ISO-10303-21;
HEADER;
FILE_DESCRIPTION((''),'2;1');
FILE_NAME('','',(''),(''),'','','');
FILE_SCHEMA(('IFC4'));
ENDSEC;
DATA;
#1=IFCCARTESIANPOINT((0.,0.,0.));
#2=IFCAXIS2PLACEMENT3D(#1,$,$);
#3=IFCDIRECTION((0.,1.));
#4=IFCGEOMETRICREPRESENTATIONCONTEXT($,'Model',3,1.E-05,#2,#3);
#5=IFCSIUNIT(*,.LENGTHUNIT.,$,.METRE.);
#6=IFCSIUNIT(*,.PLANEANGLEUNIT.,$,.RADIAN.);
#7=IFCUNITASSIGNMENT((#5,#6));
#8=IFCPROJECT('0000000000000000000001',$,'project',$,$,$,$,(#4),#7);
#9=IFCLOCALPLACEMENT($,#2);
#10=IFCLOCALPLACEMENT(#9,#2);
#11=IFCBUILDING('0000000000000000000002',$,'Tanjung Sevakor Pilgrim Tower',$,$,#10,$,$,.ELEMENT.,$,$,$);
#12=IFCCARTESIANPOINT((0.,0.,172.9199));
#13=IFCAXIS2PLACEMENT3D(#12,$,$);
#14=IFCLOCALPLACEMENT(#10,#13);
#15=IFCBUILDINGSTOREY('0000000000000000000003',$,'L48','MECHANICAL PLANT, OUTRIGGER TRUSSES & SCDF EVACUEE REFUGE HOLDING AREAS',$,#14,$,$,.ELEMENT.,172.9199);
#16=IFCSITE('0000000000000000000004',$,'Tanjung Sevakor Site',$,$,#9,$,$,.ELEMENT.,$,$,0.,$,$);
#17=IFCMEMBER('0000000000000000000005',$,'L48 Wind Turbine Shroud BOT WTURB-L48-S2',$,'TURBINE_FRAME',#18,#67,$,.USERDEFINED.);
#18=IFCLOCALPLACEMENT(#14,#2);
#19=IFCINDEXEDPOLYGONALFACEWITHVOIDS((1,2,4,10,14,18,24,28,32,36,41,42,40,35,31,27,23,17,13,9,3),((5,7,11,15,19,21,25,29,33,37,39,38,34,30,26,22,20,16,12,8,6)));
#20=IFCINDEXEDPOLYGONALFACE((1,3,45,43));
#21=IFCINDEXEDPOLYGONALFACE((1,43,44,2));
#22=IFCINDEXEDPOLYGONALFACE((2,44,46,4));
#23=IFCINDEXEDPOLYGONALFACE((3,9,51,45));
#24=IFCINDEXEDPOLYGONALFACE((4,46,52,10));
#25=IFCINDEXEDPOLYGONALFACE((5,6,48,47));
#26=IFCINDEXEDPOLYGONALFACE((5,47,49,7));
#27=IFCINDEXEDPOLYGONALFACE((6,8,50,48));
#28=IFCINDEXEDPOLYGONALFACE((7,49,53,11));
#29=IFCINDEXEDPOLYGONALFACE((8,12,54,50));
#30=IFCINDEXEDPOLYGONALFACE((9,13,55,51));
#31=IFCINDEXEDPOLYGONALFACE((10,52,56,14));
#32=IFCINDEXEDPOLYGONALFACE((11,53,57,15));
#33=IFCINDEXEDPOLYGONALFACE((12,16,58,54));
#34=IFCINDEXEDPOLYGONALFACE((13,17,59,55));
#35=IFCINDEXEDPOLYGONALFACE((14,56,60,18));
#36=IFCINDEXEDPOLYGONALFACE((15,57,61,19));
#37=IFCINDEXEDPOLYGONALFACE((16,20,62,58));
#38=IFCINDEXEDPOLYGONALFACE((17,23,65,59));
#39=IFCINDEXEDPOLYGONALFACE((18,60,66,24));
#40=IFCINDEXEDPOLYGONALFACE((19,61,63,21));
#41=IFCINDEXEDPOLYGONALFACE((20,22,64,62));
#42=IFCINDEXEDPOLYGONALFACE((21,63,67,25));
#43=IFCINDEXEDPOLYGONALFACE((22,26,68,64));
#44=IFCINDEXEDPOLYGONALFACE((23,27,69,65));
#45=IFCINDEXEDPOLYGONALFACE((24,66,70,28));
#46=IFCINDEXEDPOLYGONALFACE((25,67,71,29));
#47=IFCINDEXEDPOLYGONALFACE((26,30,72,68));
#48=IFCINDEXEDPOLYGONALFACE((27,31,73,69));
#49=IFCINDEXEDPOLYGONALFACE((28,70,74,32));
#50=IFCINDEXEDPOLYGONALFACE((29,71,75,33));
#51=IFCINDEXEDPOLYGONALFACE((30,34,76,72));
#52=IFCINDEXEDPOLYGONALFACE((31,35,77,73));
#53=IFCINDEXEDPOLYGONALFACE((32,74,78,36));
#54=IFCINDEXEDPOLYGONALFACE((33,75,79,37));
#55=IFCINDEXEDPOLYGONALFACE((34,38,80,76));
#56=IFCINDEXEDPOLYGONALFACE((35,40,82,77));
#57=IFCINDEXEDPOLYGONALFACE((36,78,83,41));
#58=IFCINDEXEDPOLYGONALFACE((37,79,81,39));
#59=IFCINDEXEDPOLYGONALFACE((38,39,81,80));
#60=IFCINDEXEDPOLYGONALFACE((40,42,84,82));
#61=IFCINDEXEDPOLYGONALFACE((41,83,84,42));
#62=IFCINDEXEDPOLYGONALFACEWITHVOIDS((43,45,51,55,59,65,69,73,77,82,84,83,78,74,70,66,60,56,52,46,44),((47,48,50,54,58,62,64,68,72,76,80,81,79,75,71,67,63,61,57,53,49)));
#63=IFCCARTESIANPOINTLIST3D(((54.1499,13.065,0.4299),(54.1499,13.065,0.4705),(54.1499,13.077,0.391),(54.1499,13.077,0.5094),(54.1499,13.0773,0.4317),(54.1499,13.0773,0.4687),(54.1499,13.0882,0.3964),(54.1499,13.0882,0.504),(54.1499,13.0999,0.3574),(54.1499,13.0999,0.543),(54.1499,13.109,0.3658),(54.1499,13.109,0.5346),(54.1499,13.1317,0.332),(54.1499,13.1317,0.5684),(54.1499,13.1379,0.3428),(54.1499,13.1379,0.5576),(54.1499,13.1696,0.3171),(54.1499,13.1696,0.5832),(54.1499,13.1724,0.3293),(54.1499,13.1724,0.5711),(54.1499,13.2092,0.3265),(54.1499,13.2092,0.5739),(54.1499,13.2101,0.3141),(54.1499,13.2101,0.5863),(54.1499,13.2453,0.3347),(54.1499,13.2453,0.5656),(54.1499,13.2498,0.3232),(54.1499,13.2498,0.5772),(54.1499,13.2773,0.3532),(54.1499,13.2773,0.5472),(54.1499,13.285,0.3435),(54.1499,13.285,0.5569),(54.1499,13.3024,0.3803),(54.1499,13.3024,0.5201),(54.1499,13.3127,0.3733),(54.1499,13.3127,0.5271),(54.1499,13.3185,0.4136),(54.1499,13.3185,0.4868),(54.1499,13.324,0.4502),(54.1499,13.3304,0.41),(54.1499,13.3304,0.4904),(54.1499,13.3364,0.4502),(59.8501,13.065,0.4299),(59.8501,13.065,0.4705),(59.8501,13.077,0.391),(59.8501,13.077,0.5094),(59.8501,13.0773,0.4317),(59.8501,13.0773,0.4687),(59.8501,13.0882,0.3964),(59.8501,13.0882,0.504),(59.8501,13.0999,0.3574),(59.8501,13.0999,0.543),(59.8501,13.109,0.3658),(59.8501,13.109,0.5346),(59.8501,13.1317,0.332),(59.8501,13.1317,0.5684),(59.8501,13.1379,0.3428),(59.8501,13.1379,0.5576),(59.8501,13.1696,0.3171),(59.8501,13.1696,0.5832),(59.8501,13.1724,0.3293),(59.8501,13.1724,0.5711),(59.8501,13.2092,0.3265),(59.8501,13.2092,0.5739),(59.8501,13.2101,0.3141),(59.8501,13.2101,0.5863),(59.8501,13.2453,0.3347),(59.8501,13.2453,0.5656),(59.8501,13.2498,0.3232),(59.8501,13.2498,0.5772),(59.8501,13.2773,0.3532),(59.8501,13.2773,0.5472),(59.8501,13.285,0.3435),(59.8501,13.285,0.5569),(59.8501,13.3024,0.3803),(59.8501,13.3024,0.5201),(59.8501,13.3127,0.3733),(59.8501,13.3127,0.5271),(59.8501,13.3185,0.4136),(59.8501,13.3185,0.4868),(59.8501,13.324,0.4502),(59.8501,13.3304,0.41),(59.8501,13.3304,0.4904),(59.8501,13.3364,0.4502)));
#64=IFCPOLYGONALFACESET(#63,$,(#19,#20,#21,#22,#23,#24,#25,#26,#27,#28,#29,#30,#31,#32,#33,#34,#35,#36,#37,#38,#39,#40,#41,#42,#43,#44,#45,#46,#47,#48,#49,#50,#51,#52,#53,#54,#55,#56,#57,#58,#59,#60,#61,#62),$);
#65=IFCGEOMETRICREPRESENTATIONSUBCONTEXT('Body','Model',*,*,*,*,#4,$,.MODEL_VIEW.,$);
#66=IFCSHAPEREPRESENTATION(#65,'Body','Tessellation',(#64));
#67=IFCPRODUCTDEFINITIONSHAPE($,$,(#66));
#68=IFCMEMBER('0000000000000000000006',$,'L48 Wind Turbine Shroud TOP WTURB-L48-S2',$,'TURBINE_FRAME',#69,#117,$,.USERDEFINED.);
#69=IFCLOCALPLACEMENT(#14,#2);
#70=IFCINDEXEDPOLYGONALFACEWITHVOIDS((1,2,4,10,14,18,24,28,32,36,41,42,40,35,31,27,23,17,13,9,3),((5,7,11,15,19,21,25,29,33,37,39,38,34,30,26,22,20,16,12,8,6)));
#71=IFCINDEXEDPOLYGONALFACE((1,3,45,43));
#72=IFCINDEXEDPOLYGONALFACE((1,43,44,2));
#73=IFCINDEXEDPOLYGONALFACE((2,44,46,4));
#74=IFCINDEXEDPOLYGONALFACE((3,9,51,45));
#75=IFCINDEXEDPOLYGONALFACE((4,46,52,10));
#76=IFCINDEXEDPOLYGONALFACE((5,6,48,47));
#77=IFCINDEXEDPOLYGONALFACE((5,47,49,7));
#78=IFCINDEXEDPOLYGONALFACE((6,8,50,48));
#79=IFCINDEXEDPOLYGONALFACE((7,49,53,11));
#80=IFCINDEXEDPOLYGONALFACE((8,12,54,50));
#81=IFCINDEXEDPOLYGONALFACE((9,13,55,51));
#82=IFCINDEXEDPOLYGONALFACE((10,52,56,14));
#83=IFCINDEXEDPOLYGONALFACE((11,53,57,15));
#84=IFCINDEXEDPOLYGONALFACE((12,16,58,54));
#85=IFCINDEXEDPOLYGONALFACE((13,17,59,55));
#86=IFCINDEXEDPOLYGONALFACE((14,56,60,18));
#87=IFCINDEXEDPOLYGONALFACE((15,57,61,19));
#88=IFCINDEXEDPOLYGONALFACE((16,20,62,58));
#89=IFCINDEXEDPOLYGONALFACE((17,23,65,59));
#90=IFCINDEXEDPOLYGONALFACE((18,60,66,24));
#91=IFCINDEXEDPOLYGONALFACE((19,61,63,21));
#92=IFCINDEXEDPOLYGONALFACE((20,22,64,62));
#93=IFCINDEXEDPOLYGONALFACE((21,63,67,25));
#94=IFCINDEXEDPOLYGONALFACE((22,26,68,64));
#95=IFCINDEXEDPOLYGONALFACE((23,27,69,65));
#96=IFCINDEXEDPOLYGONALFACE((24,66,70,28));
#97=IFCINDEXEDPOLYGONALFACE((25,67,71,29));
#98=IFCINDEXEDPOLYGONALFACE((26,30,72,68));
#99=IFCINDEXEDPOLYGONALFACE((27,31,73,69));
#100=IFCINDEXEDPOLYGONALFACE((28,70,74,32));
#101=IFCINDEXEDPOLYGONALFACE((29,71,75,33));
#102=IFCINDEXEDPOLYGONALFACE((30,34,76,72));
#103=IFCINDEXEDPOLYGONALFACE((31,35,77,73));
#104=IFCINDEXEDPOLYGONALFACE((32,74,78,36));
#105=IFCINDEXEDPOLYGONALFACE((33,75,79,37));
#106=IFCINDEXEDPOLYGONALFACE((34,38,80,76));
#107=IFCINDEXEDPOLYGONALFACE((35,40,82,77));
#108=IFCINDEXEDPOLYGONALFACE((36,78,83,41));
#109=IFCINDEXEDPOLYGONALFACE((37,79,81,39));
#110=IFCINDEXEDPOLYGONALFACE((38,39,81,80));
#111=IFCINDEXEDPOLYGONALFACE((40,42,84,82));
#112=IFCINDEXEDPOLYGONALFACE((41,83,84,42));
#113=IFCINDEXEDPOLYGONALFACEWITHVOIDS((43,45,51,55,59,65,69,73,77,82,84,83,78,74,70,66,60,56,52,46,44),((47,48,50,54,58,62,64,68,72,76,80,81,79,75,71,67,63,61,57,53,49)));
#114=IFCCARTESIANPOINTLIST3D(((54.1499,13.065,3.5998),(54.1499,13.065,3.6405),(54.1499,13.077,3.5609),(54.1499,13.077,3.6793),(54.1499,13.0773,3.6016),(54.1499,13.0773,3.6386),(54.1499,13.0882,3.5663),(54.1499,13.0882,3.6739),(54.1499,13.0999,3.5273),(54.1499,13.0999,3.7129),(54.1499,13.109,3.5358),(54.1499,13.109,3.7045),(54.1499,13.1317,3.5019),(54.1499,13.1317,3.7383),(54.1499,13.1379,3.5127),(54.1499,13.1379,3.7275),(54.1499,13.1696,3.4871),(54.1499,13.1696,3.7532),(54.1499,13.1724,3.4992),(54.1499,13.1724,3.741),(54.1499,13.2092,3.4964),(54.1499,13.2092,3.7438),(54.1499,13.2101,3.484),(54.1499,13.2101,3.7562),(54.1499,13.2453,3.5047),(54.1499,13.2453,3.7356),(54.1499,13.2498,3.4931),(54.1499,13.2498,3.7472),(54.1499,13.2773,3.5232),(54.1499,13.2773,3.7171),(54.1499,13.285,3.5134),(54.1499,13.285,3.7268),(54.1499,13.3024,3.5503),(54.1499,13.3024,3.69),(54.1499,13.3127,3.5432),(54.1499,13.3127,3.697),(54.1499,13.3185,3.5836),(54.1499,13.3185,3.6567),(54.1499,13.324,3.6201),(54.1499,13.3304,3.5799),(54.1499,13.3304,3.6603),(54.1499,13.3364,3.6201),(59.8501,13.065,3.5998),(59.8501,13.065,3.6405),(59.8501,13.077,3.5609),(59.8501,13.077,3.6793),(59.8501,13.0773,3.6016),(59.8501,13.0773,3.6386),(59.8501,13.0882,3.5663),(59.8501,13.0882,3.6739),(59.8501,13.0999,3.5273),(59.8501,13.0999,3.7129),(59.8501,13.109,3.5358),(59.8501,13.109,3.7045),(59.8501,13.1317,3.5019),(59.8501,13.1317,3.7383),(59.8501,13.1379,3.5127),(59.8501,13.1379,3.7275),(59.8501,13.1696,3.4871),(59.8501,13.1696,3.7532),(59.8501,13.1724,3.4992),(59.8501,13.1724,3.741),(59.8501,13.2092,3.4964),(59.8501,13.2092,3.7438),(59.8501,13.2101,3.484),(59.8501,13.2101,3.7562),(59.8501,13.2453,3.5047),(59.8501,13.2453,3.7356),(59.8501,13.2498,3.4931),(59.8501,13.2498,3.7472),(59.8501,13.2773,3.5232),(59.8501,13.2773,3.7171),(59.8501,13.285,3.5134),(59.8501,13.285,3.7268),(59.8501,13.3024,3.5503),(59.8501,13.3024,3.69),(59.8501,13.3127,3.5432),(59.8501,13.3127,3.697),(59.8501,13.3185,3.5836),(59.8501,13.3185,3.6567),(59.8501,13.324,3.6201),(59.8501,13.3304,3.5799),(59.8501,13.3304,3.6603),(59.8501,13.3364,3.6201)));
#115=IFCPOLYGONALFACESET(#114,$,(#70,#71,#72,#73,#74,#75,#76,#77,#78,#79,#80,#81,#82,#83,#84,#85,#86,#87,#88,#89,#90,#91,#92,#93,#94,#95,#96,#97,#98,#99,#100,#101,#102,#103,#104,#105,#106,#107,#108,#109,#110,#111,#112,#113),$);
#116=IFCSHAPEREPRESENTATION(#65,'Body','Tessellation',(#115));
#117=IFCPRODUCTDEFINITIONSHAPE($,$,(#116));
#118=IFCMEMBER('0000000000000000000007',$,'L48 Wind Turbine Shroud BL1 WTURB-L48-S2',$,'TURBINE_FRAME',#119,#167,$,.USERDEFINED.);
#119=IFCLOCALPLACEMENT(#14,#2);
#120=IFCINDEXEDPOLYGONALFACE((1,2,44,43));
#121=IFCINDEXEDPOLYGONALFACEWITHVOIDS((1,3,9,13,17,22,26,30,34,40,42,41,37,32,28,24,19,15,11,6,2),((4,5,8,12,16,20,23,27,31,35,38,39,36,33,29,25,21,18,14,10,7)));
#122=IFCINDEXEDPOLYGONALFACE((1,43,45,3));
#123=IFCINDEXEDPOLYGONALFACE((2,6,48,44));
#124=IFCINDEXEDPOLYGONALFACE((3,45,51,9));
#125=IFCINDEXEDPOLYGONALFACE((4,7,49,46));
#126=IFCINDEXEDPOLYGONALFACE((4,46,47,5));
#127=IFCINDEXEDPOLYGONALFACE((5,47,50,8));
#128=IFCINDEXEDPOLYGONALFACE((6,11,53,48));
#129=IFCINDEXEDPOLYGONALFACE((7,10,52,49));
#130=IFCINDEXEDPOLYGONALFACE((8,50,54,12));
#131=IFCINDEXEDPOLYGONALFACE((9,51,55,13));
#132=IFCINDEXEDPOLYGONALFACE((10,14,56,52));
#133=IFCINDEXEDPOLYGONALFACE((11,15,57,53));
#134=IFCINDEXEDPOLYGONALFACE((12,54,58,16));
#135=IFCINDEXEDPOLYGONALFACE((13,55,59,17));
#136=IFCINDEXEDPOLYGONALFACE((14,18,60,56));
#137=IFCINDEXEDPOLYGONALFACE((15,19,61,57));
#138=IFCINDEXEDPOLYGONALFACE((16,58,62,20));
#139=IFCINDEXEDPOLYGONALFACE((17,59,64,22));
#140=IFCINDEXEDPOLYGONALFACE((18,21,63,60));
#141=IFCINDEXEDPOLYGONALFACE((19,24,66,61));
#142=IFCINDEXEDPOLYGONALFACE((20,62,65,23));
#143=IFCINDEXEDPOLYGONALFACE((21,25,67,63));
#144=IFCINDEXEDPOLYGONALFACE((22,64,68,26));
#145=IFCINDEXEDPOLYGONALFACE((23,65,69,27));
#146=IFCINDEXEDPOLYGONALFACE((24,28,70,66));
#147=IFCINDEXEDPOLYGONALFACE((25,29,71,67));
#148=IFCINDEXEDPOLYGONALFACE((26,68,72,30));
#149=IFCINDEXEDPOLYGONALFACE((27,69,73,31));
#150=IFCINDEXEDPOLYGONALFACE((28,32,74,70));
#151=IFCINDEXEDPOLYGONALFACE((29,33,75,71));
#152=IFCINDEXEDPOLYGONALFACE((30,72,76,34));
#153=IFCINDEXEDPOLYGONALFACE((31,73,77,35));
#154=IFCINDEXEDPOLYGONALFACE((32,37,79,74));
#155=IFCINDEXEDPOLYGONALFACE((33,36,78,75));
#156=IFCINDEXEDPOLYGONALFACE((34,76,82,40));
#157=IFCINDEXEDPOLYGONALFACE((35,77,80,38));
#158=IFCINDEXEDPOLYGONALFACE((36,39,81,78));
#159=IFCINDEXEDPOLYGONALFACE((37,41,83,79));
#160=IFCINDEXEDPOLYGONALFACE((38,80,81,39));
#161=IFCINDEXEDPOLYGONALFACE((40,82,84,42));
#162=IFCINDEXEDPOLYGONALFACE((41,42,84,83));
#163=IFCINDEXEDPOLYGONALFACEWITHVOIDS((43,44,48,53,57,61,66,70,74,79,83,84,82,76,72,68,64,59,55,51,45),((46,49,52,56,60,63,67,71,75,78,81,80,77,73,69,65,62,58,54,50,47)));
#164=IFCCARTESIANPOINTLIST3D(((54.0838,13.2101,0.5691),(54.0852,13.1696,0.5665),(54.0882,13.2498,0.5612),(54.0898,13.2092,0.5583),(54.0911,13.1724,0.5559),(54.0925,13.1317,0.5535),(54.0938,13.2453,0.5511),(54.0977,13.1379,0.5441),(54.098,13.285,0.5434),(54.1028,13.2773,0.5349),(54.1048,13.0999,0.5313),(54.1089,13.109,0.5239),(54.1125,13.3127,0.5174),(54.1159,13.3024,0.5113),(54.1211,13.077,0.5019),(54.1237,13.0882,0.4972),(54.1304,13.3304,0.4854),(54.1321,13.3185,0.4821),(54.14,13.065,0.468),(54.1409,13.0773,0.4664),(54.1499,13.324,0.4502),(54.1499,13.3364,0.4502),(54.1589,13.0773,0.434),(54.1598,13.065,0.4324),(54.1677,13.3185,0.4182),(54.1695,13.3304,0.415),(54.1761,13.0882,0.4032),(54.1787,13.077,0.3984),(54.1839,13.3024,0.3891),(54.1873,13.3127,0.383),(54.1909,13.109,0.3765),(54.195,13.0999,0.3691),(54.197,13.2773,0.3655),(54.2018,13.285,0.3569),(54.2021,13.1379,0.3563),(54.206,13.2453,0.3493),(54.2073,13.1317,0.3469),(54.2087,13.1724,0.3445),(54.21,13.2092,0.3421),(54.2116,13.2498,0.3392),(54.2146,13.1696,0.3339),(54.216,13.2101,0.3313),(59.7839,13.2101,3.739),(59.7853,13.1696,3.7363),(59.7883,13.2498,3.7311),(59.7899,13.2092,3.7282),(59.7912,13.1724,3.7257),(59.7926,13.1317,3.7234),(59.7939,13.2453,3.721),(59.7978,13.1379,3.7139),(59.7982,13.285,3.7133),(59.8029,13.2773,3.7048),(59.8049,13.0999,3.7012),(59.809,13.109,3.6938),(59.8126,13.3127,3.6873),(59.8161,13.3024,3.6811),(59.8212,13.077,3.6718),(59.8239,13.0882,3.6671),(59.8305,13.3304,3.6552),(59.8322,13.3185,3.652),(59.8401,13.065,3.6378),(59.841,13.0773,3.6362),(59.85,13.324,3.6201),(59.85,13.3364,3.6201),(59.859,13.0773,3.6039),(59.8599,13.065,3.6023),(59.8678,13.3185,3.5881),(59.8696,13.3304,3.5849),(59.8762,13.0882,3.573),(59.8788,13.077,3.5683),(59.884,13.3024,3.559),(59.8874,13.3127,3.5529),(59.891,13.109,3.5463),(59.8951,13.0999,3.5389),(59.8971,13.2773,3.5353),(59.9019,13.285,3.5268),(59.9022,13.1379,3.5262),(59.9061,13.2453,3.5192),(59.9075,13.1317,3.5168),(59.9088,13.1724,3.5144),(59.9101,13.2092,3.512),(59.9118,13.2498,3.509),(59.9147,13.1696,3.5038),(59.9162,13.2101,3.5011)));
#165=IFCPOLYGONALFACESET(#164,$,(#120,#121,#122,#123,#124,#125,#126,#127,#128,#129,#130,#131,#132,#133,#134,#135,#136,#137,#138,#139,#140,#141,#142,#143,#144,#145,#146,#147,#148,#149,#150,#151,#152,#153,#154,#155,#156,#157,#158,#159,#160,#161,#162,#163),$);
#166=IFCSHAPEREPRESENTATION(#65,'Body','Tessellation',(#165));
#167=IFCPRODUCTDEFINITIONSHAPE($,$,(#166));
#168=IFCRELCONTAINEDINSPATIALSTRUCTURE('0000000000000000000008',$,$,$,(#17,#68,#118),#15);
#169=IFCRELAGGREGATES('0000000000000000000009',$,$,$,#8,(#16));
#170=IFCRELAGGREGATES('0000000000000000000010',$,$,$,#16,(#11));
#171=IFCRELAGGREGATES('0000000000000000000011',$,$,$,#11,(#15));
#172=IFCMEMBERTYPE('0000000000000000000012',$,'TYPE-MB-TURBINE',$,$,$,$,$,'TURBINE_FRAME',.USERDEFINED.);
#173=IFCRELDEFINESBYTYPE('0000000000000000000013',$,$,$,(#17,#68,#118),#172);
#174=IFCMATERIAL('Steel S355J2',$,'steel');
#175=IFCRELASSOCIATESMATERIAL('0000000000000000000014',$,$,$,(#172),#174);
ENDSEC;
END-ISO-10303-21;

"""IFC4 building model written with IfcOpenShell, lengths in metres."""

from ifc_helpers import new_model, si_unit, direction, frame, origin, origin_2d, place, context, subcontext, project, spatial, hollow_circle, extrude, material, material_profile, profile_set, type_object, element, save


model = new_model("IFC4")

# Units and contexts
model_context = context("Model", 3, precision=1e-05, world=origin(), true_north=direction((0.0, 1.0)))
body_context = subcontext(model_context, "Body", "Model", "MODEL_VIEW")
ifc_project = project(units=[si_unit("LENGTHUNIT", "METRE"), si_unit("PLANEANGLEUNIT", "RADIAN")], contexts=[model_context])

# Site, building, storey
site_placement = place(None, origin())
site = spatial("IfcSite", under=ifc_project, at=site_placement, Name="Tanjung Sevakor Site", CompositionType="ELEMENT", RefElevation=0.0)
building_placement = place(site_placement, origin())
building = spatial("IfcBuilding", under=site, at=building_placement, Name="Tanjung Sevakor Pilgrim Tower", CompositionType="ELEMENT")
storey_placement = place(building_placement, frame((0.0, 0.0, 172.9199)))
storey = spatial("IfcBuildingStorey", under=building, at=storey_placement, Name="L48", Description="MECHANICAL PLANT, OUTRIGGER TRUSSES & SCDF EVACUEE REFUGE HOLDING AREAS", CompositionType="ELEMENT", Elevation=172.9199)

# Members
ifc_material_1 = material(Name="Steel S355J2", Category="steel")
ifc_material_profile_1 = material_profile(ifc_material_1, hollow_circle(Radius=0.1365, WallThickness=0.0125, at=origin_2d()))
ifc_profile_set_1 = profile_set([ifc_material_profile_1], Name="Steel S355J2")
member_type = type_object("IfcMemberType", Name="TYPE-MB-TURBINE", ElementType="TURBINE_FRAME", PredefinedType="USERDEFINED", material=ifc_profile_set_1)
for number, where, z_axis, x_axis, name in (
    (1, (54.1499, 13.2, 0.4502), (1.0, 0.0, 0.0), (0.0, 1.0, 0.0), "L48 Wind Turbine Shroud BOT WTURB-L48-S2"),
    (2, (54.1499, 13.2, 3.6201), (1.0, 0.0, 0.0), (0.0, 1.0, 0.0), "L48 Wind Turbine Shroud TOP WTURB-L48-S2"),
):
    element("IfcMember", number, at=place(storey_placement, frame(where, z_axis=z_axis, x_axis=x_axis)), inside=storey, type_object=member_type, Name=name, ObjectType="TURBINE_FRAME", PredefinedType="USERDEFINED", context=body_context, shape_type="SweptSolid", body=[
        extrude(hollow_circle(Radius=0.1365, WallThickness=0.0125, at=origin_2d()), origin(), (0.0, 0.0, 1.0), 5.7002),
    ])
for number, where, z_axis, x_axis, name in (
    (3, (54.1499, 13.2, 0.4502), (0.873952, 0.0, 0.486012), (0.0, 1.0, 0.0), "L48 Wind Turbine Shroud BL1 WTURB-L48-S2"),
):
    element("IfcMember", number, at=place(storey_placement, frame(where, z_axis=z_axis, x_axis=x_axis)), inside=storey, type_object=member_type, Name=name, ObjectType="TURBINE_FRAME", PredefinedType="USERDEFINED", context=body_context, shape_type="SweptSolid", body=[
        extrude(hollow_circle(Radius=0.1365, WallThickness=0.0125, at=origin_2d()), origin(), (0.0, 0.0, 1.0), 6.5222),
    ])

save(model, "model.ifc")
